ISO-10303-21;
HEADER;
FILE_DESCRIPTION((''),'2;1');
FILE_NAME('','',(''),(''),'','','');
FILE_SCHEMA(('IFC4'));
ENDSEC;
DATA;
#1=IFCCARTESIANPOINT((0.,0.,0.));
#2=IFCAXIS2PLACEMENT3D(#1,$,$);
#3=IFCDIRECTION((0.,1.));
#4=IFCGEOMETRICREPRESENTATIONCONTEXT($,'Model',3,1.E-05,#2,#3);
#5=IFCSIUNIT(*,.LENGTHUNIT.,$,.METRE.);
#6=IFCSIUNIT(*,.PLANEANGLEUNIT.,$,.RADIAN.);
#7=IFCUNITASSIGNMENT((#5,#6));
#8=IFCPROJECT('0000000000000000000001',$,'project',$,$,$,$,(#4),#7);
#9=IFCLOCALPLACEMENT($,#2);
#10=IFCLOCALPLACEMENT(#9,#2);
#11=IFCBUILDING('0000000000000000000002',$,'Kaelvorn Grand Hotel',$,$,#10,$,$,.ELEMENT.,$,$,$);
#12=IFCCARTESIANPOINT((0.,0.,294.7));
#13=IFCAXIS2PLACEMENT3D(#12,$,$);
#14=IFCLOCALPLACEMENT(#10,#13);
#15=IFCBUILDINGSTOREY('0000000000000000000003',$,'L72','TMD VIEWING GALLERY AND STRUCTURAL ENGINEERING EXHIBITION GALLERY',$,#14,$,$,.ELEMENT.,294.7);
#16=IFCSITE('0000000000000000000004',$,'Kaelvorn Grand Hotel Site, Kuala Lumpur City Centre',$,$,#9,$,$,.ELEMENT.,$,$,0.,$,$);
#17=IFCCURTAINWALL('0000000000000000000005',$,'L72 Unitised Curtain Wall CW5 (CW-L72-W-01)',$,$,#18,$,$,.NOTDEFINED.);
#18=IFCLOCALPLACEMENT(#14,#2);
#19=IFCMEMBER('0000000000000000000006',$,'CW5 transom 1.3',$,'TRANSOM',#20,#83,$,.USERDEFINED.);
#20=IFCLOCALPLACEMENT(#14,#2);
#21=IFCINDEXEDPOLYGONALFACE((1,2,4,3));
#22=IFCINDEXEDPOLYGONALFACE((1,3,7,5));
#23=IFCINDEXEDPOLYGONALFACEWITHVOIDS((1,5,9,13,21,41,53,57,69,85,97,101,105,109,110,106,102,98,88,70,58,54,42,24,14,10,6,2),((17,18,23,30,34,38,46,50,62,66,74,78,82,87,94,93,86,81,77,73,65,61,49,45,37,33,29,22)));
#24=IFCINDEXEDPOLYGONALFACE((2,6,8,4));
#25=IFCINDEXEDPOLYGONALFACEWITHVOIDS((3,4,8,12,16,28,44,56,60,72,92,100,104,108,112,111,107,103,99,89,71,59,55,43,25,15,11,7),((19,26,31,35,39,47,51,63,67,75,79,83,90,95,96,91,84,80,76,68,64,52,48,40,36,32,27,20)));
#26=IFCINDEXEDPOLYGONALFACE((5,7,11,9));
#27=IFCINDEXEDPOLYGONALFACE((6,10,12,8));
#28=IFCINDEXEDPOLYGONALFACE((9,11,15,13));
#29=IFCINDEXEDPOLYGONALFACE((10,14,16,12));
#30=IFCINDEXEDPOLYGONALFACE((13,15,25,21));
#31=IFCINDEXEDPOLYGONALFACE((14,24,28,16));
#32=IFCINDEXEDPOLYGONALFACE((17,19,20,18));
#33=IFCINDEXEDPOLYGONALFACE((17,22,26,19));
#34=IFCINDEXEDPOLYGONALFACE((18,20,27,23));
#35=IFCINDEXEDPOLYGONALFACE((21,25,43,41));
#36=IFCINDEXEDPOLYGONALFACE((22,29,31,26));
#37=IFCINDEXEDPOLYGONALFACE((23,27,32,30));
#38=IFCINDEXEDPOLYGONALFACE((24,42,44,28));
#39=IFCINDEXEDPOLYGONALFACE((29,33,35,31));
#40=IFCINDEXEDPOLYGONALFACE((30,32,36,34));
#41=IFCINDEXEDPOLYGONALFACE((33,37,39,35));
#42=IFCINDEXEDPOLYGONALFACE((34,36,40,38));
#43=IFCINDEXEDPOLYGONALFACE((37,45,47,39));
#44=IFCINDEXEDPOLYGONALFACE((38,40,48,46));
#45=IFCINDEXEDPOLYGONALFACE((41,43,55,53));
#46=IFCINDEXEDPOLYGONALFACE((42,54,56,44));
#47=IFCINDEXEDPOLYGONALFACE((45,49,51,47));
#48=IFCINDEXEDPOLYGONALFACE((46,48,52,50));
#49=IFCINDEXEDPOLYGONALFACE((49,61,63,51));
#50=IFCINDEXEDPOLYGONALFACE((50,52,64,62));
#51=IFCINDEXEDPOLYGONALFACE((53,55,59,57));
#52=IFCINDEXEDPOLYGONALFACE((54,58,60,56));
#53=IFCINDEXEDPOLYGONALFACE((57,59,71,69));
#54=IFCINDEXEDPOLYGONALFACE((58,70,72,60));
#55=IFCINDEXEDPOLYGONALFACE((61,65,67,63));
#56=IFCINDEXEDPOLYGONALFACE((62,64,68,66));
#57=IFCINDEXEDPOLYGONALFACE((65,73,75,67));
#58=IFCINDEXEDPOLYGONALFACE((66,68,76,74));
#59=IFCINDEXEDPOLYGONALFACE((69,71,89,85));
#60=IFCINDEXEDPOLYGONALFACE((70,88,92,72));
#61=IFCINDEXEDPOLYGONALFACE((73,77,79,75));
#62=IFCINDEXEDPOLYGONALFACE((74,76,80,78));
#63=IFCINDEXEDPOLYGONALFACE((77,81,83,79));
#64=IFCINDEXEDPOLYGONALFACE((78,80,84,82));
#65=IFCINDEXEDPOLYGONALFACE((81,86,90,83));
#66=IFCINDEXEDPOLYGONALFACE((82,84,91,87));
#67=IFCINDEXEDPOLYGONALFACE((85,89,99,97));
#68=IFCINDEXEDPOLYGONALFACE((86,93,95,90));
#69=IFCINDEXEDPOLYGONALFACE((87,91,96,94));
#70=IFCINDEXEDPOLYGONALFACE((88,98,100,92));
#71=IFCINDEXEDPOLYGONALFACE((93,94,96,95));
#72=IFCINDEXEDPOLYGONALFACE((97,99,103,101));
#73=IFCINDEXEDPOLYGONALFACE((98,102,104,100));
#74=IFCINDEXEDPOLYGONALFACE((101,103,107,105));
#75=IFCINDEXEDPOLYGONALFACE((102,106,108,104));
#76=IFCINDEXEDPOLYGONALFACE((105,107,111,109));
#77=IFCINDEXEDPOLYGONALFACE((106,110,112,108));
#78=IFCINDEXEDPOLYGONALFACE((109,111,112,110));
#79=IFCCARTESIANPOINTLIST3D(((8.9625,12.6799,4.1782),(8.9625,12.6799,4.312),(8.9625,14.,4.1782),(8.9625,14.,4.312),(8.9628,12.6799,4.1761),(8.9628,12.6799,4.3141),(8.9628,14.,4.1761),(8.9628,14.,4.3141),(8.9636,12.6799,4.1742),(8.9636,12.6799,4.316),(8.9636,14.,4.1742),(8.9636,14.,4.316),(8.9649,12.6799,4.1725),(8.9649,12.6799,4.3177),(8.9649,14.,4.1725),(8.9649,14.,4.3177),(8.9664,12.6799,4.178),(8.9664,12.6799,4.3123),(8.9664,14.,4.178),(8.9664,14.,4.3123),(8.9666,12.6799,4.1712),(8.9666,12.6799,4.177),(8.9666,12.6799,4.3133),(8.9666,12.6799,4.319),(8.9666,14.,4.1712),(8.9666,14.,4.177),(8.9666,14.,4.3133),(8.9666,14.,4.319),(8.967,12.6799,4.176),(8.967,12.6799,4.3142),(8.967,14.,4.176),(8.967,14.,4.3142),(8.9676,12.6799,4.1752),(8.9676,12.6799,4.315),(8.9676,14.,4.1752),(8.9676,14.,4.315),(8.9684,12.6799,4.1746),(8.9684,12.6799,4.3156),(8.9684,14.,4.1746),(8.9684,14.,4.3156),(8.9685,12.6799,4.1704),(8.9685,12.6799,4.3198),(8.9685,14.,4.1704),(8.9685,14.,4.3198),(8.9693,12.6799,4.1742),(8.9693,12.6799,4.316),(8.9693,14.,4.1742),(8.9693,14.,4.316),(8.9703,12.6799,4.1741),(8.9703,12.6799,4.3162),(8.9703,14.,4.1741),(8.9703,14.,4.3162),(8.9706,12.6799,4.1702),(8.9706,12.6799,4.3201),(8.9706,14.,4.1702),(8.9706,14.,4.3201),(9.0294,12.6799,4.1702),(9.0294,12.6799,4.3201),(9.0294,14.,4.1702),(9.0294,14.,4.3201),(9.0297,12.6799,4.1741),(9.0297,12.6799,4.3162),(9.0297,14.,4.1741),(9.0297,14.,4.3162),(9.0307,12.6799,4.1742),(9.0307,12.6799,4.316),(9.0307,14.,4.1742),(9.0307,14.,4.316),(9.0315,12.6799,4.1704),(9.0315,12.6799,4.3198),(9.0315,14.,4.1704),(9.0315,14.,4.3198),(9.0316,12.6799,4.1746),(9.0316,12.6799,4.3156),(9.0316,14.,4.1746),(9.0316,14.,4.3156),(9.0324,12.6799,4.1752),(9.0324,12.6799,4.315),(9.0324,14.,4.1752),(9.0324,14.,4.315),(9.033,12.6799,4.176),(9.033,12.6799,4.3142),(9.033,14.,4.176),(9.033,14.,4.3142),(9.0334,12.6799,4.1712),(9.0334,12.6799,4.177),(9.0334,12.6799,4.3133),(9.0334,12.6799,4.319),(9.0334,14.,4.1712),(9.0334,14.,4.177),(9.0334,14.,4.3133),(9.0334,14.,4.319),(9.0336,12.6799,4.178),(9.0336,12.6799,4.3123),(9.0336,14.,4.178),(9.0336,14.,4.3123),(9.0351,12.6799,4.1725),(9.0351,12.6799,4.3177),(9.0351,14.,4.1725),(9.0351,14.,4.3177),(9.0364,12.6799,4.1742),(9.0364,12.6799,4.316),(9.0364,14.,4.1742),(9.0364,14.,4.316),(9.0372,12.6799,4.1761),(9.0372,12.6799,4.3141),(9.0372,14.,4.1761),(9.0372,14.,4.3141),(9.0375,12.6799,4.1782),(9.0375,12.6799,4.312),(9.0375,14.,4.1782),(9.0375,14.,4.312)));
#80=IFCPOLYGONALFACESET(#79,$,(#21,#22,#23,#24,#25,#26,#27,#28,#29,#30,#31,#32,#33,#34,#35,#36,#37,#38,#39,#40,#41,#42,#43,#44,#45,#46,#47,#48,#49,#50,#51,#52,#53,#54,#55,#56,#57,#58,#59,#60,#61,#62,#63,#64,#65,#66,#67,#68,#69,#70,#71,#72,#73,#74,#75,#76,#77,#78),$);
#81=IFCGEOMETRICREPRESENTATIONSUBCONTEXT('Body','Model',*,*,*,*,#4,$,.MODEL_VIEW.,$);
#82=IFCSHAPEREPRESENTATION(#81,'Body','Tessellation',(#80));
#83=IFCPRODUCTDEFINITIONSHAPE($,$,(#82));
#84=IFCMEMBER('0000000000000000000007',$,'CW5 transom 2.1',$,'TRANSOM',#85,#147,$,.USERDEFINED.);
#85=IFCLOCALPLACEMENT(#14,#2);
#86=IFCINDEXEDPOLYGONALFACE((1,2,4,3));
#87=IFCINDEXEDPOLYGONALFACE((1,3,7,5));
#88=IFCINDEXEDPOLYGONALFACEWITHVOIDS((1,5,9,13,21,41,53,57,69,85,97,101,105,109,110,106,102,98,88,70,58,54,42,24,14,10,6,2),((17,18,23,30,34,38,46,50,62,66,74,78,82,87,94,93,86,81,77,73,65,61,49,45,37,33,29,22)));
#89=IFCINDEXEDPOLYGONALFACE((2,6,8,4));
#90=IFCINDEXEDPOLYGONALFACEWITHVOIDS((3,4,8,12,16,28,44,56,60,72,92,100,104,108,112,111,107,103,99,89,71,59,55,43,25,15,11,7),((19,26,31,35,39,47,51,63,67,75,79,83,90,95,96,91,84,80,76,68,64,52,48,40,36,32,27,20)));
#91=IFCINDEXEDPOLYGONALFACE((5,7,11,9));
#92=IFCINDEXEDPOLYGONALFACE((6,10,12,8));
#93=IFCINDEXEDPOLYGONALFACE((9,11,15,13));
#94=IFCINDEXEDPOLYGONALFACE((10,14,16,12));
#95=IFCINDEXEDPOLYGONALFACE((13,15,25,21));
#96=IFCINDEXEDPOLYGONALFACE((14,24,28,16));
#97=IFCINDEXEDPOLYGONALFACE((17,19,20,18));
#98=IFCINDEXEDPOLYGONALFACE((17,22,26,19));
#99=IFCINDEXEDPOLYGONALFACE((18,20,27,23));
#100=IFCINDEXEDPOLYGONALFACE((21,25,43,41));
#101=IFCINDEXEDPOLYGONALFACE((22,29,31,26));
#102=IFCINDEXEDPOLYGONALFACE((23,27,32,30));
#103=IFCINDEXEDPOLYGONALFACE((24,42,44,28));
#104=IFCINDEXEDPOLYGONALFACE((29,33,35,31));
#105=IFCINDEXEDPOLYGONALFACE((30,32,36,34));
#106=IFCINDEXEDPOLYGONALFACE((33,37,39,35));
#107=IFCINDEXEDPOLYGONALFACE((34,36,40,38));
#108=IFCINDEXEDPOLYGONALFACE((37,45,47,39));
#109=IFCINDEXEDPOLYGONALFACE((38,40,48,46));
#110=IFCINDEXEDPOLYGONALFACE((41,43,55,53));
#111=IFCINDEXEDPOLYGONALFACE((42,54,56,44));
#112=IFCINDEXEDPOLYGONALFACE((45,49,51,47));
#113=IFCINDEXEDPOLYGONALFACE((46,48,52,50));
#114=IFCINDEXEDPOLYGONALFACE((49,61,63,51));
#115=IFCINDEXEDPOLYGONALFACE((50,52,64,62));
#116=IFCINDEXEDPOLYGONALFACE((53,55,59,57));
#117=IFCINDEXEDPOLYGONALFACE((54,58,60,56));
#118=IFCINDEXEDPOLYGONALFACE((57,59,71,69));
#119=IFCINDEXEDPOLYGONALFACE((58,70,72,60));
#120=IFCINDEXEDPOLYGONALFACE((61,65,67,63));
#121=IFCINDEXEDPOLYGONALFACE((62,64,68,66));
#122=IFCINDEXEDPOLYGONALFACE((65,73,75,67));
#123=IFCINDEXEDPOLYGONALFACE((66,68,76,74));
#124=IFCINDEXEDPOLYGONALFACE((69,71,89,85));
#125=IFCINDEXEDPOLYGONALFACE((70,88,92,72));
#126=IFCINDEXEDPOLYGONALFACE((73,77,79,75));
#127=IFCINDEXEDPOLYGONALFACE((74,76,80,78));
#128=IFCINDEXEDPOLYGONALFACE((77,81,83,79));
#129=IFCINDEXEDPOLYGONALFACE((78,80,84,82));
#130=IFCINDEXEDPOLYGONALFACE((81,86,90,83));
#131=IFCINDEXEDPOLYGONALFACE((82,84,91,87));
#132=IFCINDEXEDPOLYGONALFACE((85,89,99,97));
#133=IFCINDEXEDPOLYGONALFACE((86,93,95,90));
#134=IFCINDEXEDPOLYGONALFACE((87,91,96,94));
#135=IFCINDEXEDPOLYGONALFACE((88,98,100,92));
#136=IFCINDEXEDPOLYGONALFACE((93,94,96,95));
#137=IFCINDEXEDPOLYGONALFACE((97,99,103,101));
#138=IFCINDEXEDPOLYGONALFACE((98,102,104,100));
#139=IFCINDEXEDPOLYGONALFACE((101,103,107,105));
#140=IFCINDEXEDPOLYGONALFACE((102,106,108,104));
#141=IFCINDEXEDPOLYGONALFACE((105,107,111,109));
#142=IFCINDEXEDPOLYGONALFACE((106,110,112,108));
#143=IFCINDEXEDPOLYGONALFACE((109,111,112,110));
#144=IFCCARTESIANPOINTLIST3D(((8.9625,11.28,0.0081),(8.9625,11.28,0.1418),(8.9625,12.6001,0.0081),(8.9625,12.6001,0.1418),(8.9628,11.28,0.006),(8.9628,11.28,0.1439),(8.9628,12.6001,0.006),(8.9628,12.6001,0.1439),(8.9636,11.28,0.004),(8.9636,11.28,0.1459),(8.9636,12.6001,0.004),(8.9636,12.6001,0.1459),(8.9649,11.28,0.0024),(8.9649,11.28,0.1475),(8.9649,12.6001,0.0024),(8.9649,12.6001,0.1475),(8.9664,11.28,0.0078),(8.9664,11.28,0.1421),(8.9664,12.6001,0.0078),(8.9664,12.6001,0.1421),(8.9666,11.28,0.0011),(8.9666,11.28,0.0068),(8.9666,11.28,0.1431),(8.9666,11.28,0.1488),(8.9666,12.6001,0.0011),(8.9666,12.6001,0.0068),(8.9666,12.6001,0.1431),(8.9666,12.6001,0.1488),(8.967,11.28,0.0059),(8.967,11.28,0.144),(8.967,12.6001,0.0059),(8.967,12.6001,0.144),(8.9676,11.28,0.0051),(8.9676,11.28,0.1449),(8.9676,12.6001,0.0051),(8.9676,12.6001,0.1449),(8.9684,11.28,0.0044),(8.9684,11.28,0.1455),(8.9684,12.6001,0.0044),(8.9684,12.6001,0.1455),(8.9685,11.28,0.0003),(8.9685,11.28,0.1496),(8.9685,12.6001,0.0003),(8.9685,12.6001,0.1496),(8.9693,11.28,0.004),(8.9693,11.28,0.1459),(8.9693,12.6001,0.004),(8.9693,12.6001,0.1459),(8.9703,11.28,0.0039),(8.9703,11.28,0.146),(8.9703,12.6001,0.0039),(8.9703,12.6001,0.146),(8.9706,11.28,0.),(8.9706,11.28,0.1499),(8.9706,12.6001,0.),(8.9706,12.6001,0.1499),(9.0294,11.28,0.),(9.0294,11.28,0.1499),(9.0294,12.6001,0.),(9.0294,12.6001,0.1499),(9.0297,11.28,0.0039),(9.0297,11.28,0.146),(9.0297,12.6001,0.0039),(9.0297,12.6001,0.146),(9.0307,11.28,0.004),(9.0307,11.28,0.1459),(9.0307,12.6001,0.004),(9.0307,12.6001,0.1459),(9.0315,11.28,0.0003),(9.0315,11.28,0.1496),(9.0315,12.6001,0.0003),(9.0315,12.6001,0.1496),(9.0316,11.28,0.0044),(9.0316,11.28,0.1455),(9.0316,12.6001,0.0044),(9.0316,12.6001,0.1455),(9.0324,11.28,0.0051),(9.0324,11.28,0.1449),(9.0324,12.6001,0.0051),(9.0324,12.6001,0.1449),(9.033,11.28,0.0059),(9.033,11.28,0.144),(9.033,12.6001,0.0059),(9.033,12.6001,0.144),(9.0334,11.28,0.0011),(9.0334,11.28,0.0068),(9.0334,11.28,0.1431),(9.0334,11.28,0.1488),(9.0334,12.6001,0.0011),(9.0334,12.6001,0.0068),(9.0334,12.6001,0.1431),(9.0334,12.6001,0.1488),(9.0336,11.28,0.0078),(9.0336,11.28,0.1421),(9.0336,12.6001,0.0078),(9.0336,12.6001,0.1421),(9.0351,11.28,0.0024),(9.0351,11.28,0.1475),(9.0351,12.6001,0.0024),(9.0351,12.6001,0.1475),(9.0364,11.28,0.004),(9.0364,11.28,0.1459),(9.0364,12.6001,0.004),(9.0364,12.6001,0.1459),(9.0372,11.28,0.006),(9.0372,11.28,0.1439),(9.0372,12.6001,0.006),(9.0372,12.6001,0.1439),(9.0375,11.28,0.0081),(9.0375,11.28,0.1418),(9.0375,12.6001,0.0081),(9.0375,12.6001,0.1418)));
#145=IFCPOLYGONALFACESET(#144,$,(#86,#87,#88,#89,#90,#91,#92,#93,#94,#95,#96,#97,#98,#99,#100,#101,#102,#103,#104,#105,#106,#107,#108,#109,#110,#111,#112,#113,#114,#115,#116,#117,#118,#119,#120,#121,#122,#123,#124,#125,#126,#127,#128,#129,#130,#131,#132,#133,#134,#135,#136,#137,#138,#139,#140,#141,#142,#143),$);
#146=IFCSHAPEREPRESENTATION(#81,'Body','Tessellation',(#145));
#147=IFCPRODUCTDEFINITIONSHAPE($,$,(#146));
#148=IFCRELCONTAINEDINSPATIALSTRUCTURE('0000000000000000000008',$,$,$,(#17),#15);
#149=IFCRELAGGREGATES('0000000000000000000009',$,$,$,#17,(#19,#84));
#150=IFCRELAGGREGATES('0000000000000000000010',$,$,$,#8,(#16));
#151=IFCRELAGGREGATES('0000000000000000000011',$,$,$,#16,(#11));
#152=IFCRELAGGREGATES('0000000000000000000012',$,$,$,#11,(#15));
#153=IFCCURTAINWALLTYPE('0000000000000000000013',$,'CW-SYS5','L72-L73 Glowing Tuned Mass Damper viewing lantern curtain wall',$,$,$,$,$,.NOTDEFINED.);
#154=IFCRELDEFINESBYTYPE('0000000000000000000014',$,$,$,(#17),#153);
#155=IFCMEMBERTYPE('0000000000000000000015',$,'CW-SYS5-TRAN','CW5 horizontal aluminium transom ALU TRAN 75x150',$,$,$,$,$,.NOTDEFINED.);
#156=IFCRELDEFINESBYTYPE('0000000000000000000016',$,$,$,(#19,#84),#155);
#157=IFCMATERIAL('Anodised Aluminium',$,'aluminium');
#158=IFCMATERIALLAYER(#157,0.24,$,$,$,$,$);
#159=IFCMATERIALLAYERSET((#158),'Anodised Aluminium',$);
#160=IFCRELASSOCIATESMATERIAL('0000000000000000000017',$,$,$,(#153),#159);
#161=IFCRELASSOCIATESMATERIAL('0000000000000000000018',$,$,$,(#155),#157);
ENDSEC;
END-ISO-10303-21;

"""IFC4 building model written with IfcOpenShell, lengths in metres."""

from ifc_helpers import new_model, si_unit, direction, frame, origin, origin_2d, place, context, subcontext, project, spatial, hollow_rectangle, extrude, material, layer, layer_set, material_profile, profile_set, type_object, element, aggregate, save


model = new_model("IFC4")

# Units and contexts
model_context = context("Model", 3, precision=1e-05, world=origin(), true_north=direction((0.0, 1.0)))
body_context = subcontext(model_context, "Body", "Model", "MODEL_VIEW")
ifc_project = project(units=[si_unit("LENGTHUNIT", "METRE"), si_unit("PLANEANGLEUNIT", "RADIAN")], contexts=[model_context])

# Site, building, storey
site_placement = place(None, origin())
site = spatial("IfcSite", under=ifc_project, at=site_placement, Name="Kaelvorn Grand Hotel Site, Kuala Lumpur City Centre", CompositionType="ELEMENT", RefElevation=0.0)
building_placement = place(site_placement, origin())
building = spatial("IfcBuilding", under=site, at=building_placement, Name="Kaelvorn Grand Hotel", CompositionType="ELEMENT")
storey_placement = place(building_placement, frame((0.0, 0.0, 294.7)))
storey = spatial("IfcBuildingStorey", under=building, at=storey_placement, Name="L72", Description="TMD VIEWING GALLERY AND STRUCTURAL ENGINEERING EXHIBITION GALLERY", CompositionType="ELEMENT", Elevation=294.7)

# Curtain wall
ifc_material_1 = material(Name="Anodised Aluminium", Category="aluminium")
ifc_layer_1 = layer(ifc_material_1, 0.24)
ifc_layer_set_1 = layer_set([ifc_layer_1], Name="Anodised Aluminium")
curtain_wall_type = type_object("IfcCurtainWallType", Name="CW-SYS5", Description="L72-L73 Glowing Tuned Mass Damper viewing lantern curtain wall", PredefinedType="NOTDEFINED", material=ifc_layer_set_1)
curtain_wall_1_placement = place(storey_placement, origin())
curtain_wall_1 = element("IfcCurtainWall", 1, at=curtain_wall_1_placement, inside=storey, type_object=curtain_wall_type, Name="L72 Unitised Curtain Wall CW5 (CW-L72-W-01)", PredefinedType="NOTDEFINED")

# Members
ifc_material_profile_1 = material_profile(ifc_material_1, hollow_rectangle(XDim=0.075, YDim=0.1499, WallThickness=0.0039, InnerFilletRadius=0.0039, OuterFilletRadius=0.0081, at=origin_2d()), Name="ALU TRAN 75x150")
ifc_profile_set_1 = profile_set([ifc_material_profile_1], Name="Anodised Aluminium")
member_type_1 = type_object("IfcMemberType", Name="CW-SYS5-TRAN", Description="CW5 horizontal aluminium transom ALU TRAN 75x150", PredefinedType="NOTDEFINED", material=ifc_profile_set_1)
member_1_placement = place(storey_placement, frame((9.0, 14.0, 4.2451), z_axis=(0.0, -1.0, 0.0), x_axis=(1.0, 0.0, 0.0)))
member_1 = element("IfcMember", 2, at=member_1_placement, type_object=member_type_1, Name="CW5 transom 1.3", ObjectType="TRANSOM", PredefinedType="USERDEFINED", context=body_context, shape_type="SweptSolid", body=[
    extrude(hollow_rectangle(XDim=0.075, YDim=0.1499, WallThickness=0.0039, InnerFilletRadius=0.0039, OuterFilletRadius=0.0081, at=origin_2d()), origin(), (0.0, 0.0, 1.0), 1.3201),
])
member_2_placement = place(storey_placement, frame((9.0, 12.6001, 0.075), z_axis=(0.0, -1.0, 0.0), x_axis=(1.0, 0.0, 0.0)))
member_2 = element("IfcMember", 3, at=member_2_placement, type_object=member_type_1, Name="CW5 transom 2.1", ObjectType="TRANSOM", PredefinedType="USERDEFINED", context=body_context, shape_type="SweptSolid", body=[
    extrude(hollow_rectangle(XDim=0.075, YDim=0.1499, WallThickness=0.0039, InnerFilletRadius=0.0039, OuterFilletRadius=0.0081, at=origin_2d()), origin(), (0.0, 0.0, 1.0), 1.3201),
])

aggregate(curtain_wall_1, [member_1, member_2])

save(model, "model.ifc")
